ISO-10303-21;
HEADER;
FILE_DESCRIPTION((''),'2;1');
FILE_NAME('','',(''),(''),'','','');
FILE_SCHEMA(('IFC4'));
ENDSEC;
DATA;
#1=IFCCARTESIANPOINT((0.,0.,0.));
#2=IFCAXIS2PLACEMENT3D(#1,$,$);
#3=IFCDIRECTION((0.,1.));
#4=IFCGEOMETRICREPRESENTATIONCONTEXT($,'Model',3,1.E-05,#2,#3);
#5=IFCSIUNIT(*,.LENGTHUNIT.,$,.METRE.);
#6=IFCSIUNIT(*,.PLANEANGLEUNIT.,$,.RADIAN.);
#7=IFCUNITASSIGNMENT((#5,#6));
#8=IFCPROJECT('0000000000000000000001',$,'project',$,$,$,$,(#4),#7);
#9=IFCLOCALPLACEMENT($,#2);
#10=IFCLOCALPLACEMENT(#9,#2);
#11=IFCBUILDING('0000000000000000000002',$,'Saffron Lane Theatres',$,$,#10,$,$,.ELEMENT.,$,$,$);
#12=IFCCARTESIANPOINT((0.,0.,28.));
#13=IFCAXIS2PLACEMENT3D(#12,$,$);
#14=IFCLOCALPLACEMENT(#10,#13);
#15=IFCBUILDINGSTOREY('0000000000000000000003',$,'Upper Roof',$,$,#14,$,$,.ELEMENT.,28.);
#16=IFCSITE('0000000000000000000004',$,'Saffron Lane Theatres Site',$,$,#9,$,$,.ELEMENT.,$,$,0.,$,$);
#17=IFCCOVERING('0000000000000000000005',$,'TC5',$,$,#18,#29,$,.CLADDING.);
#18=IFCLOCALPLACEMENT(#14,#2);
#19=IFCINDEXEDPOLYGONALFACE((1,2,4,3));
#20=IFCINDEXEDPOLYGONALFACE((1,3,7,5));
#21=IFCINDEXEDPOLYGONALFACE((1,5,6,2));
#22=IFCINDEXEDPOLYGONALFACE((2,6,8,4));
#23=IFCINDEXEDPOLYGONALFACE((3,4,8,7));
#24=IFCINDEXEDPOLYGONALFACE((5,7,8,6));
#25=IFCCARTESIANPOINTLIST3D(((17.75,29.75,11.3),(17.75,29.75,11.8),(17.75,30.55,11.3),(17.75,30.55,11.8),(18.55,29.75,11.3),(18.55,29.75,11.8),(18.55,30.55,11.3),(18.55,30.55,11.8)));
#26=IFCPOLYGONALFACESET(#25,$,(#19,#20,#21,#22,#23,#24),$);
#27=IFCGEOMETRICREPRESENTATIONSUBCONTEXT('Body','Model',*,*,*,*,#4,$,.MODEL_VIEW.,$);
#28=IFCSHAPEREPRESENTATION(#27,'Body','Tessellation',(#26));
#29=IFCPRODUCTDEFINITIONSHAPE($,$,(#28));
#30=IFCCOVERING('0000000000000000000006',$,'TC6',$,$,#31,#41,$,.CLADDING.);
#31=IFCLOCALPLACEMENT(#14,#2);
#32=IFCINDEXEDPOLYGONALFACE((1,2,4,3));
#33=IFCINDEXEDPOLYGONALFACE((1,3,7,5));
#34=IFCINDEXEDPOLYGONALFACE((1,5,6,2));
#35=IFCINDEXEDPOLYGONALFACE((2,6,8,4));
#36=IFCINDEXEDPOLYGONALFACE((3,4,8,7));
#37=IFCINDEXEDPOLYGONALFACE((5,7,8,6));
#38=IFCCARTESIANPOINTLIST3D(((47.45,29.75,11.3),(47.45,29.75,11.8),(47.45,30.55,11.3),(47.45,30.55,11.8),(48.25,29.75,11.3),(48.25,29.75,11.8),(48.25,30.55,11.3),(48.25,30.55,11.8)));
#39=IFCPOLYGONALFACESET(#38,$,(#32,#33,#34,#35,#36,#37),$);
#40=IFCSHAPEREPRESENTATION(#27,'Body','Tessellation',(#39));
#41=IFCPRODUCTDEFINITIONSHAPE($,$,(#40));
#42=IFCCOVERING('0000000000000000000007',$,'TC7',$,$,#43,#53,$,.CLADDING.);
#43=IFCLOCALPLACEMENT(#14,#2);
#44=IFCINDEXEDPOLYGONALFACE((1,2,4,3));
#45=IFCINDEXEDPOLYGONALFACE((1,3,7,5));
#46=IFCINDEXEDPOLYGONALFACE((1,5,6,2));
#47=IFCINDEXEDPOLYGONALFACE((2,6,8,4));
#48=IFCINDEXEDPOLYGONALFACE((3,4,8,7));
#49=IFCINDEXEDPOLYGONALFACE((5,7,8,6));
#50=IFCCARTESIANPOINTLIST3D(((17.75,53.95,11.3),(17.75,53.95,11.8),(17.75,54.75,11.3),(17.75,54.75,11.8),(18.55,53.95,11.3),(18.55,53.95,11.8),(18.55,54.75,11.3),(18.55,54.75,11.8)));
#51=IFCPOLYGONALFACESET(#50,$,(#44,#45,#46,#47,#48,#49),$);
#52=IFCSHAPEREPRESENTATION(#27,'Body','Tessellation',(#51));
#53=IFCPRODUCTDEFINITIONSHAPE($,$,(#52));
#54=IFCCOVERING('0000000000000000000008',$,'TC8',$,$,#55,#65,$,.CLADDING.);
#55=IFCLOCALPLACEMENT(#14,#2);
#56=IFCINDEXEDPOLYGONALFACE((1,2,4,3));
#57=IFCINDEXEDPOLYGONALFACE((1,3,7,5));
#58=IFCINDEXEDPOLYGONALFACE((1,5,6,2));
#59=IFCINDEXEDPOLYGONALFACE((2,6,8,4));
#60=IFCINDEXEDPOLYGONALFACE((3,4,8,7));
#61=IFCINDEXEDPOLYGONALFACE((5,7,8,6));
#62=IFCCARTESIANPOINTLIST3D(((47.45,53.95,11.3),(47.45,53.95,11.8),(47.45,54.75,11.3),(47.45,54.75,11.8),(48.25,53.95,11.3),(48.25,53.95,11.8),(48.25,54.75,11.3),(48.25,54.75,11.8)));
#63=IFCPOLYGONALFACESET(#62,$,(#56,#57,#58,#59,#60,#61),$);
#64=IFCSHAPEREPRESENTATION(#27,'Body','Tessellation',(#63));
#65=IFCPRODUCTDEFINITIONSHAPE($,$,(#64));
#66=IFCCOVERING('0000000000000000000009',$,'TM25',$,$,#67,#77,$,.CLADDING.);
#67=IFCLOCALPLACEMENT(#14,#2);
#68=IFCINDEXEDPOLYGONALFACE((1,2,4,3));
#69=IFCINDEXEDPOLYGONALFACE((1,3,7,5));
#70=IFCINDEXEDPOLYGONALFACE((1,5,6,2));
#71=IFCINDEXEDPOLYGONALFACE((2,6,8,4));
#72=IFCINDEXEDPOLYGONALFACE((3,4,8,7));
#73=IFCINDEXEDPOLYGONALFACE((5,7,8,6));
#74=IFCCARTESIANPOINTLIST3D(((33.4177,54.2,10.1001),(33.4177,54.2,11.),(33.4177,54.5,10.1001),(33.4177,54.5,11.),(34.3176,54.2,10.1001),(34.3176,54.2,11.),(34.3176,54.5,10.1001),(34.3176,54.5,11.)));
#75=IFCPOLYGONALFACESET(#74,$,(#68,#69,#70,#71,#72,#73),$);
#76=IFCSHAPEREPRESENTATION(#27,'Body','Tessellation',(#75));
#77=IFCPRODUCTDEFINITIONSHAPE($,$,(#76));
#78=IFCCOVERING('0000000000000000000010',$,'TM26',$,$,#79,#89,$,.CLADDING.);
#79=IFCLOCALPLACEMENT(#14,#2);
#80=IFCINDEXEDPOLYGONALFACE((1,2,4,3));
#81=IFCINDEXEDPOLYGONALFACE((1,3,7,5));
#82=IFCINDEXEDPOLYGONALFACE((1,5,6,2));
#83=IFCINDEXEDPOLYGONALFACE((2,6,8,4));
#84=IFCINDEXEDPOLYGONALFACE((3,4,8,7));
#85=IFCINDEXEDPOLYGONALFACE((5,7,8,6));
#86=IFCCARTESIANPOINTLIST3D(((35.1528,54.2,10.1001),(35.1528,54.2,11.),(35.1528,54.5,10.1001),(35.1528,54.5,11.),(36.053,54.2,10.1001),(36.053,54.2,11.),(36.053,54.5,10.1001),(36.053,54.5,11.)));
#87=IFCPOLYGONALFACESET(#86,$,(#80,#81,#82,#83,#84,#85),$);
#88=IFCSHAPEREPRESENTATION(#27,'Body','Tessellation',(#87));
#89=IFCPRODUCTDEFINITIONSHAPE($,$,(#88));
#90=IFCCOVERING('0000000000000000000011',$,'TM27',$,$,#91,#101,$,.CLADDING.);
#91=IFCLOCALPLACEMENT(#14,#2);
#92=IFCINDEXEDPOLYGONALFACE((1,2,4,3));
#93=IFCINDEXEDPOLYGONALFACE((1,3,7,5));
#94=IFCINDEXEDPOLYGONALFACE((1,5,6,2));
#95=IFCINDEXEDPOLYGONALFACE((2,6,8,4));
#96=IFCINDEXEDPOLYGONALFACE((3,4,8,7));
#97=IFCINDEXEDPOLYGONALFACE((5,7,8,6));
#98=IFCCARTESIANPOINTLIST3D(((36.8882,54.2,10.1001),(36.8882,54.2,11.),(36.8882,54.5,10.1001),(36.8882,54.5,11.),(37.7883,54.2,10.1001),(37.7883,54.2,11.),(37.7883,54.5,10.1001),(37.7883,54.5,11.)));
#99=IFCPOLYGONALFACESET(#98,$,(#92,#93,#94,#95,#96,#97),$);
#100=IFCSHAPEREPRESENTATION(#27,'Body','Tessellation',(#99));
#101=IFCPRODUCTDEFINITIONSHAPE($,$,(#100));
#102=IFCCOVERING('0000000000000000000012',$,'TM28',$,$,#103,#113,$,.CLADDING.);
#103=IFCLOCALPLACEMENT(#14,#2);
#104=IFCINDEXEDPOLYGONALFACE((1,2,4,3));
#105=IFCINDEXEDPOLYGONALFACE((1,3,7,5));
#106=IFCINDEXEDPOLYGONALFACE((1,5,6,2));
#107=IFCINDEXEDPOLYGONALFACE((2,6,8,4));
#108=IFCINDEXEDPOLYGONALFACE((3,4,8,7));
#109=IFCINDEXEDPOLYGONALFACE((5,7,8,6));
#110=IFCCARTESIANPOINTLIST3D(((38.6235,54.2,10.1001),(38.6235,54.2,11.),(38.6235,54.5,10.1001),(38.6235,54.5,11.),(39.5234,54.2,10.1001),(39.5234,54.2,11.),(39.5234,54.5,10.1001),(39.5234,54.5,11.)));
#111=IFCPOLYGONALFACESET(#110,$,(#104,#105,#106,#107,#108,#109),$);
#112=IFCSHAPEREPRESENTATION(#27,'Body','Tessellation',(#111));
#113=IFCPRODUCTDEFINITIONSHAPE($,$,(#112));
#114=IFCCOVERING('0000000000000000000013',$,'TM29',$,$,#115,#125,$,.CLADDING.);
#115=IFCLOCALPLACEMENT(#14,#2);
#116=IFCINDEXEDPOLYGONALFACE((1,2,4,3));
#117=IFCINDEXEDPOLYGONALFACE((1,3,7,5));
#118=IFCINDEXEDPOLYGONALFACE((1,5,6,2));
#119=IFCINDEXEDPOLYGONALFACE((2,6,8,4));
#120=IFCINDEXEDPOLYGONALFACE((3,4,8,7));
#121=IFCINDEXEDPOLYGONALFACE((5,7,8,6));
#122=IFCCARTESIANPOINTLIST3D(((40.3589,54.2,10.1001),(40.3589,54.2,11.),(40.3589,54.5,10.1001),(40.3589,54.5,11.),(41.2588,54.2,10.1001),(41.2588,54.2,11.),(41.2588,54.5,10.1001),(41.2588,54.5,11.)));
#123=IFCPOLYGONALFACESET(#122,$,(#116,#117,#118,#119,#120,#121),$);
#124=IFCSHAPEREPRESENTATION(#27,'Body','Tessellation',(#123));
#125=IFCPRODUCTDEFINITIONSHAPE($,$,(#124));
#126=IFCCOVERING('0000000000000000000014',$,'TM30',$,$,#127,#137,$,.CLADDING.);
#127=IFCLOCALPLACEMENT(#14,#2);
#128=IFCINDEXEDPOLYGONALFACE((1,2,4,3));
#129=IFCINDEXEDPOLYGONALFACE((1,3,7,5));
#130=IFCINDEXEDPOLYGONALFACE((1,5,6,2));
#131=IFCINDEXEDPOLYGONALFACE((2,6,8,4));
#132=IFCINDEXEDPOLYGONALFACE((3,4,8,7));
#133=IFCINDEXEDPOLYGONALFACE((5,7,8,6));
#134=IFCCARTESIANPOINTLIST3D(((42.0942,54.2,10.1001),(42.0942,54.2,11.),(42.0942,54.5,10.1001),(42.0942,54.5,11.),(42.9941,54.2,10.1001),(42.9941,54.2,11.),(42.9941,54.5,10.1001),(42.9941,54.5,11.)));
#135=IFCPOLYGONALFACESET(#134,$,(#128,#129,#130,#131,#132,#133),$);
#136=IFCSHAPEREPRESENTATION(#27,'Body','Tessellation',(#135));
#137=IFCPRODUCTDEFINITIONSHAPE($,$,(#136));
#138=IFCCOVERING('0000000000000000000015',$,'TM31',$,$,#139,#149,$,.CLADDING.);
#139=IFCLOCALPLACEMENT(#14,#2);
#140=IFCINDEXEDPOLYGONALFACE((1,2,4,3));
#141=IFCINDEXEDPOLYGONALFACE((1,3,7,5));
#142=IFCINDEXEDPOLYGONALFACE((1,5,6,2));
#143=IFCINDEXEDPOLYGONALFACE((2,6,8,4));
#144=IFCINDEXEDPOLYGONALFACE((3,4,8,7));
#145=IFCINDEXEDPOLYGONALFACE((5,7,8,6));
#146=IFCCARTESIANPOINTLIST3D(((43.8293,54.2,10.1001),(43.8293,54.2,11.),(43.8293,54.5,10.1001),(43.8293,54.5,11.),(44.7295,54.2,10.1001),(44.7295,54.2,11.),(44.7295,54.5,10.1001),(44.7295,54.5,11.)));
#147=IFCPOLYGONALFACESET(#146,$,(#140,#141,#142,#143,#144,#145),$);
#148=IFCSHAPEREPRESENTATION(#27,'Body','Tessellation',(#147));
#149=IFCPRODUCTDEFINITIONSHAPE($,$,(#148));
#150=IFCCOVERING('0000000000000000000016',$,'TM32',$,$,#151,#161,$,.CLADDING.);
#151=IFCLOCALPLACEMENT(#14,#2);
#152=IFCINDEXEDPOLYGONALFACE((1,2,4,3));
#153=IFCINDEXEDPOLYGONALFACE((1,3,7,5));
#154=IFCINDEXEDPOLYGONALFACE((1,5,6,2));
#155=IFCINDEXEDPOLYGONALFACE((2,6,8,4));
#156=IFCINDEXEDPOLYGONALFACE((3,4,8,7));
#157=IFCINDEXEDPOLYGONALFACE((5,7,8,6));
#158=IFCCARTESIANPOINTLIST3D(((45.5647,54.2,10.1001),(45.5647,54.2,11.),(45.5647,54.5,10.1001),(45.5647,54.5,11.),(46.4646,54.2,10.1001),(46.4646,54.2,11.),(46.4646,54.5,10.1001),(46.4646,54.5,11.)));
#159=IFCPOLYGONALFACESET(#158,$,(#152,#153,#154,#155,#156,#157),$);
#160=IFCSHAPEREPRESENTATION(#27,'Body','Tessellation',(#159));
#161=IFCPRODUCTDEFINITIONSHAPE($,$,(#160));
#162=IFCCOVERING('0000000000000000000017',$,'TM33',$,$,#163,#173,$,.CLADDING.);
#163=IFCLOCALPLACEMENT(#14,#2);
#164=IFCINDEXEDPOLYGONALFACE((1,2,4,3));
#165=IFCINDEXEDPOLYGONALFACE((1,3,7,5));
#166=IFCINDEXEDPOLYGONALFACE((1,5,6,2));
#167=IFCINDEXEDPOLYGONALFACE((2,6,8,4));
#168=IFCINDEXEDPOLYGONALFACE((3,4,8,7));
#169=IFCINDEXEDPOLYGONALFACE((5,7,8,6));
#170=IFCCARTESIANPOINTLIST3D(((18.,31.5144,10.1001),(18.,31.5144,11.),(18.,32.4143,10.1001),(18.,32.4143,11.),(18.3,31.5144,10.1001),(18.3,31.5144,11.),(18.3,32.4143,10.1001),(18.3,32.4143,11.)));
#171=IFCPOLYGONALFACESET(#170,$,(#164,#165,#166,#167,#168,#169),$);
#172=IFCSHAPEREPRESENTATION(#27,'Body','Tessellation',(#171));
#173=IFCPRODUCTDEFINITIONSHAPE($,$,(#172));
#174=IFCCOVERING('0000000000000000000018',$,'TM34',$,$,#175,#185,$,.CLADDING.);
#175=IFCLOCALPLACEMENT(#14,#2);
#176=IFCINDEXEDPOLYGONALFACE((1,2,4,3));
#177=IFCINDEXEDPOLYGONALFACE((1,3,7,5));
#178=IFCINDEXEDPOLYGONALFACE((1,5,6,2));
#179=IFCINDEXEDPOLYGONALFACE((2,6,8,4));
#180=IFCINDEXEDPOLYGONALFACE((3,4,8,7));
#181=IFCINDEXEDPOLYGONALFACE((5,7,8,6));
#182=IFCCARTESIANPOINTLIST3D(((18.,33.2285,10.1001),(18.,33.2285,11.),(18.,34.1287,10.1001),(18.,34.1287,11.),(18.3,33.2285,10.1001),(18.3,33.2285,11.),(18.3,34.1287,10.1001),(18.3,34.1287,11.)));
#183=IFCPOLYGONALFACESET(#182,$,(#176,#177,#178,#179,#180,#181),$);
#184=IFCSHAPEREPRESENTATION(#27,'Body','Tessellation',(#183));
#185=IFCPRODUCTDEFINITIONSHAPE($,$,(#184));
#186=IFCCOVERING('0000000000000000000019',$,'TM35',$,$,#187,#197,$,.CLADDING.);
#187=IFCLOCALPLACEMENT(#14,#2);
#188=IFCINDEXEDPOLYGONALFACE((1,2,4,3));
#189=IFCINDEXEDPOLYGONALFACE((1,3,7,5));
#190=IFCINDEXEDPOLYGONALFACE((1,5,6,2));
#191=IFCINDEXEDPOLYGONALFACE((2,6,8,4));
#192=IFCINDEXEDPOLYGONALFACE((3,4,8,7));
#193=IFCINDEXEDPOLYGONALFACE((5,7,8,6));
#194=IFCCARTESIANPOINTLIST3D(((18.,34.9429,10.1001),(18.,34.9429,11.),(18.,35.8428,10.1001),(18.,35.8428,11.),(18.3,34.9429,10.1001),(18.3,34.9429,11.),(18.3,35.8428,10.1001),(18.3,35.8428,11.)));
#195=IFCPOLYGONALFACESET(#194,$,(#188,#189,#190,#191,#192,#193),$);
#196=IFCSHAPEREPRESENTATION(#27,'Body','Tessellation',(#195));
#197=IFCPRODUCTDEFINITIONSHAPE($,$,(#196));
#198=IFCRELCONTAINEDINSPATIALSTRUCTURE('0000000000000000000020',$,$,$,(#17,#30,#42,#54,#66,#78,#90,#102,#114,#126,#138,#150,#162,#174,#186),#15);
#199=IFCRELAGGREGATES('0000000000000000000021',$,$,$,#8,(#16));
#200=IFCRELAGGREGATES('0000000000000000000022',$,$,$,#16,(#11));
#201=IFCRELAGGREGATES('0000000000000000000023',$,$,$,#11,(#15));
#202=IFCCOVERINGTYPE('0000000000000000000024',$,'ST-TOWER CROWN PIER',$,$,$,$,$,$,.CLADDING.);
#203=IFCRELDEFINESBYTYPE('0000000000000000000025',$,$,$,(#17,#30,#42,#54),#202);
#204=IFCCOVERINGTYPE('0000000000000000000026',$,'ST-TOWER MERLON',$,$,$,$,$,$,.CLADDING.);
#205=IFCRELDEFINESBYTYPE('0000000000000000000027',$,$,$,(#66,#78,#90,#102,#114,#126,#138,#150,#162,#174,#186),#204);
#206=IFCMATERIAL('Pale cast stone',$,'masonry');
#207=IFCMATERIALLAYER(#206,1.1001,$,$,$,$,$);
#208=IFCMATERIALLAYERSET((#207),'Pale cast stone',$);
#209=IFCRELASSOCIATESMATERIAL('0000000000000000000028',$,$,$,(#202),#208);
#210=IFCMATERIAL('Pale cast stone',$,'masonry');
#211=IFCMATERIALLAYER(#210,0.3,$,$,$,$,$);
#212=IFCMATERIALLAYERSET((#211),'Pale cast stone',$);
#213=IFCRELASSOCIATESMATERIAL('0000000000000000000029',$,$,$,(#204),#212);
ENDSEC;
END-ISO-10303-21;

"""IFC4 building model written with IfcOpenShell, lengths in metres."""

from ifc_helpers import new_model, si_unit, direction, frame, origin, place, context, subcontext, project, spatial, polyline, outline, extrude, material, layer, layer_set, type_object, element, save


model = new_model("IFC4")

# Units and contexts
model_context = context("Model", 3, precision=1e-05, world=origin(), true_north=direction((0.0, 1.0)))
body_context = subcontext(model_context, "Body", "Model", "MODEL_VIEW")
ifc_project = project(units=[si_unit("LENGTHUNIT", "METRE"), si_unit("PLANEANGLEUNIT", "RADIAN")], contexts=[model_context])

# Site, building, storey
site_placement = place(None, origin())
site = spatial("IfcSite", under=ifc_project, at=site_placement, Name="Saffron Lane Theatres Site", CompositionType="ELEMENT", RefElevation=0.0)
building_placement = place(site_placement, origin())
building = spatial("IfcBuilding", under=site, at=building_placement, Name="Saffron Lane Theatres", CompositionType="ELEMENT")
storey_placement = place(building_placement, frame((0.0, 0.0, 28.0)))
storey = spatial("IfcBuildingStorey", under=building, at=storey_placement, Name="Upper Roof", CompositionType="ELEMENT", Elevation=28.0)

# Coverings
ifc_material_1 = material(Name="Pale cast stone", Category="masonry")
ifc_layer_1 = layer(ifc_material_1, 1.1001)
ifc_layer_set_1 = layer_set([ifc_layer_1], Name="Pale cast stone")
covering_type_1 = type_object("IfcCoveringType", Name="ST-TOWER CROWN PIER", PredefinedType="CLADDING", material=ifc_layer_set_1)
covering_1_placement = place(storey_placement, frame((0.0, 0.0, 11.3)))
element("IfcCovering", 1, at=covering_1_placement, inside=storey, type_object=covering_type_1, Name="TC5", PredefinedType="CLADDING", context=body_context, shape_type="SweptSolid", body=[
    extrude(outline(polyline([(17.75, 29.75), (18.55, 29.75), (18.55, 30.55), (17.75, 30.55), (17.75, 29.75)])), origin(), (0.0, 0.0, 1.0), 0.5),
])
covering_2_placement = place(storey_placement, frame((0.0, 0.0, 11.3)))
element("IfcCovering", 2, at=covering_2_placement, inside=storey, type_object=covering_type_1, Name="TC6", PredefinedType="CLADDING", context=body_context, shape_type="SweptSolid", body=[
    extrude(outline(polyline([(47.45, 29.75), (48.25, 29.75), (48.25, 30.55), (47.45, 30.55), (47.45, 29.75)])), origin(), (0.0, 0.0, 1.0), 0.5),
])
covering_3_placement = place(storey_placement, frame((0.0, 0.0, 11.3)))
element("IfcCovering", 3, at=covering_3_placement, inside=storey, type_object=covering_type_1, Name="TC7", PredefinedType="CLADDING", context=body_context, shape_type="SweptSolid", body=[
    extrude(outline(polyline([(17.75, 53.95), (18.55, 53.95), (18.55, 54.75), (17.75, 54.75), (17.75, 53.95)])), origin(), (0.0, 0.0, 1.0), 0.5),
])
covering_4_placement = place(storey_placement, frame((0.0, 0.0, 11.3)))
element("IfcCovering", 4, at=covering_4_placement, inside=storey, type_object=covering_type_1, Name="TC8", PredefinedType="CLADDING", context=body_context, shape_type="SweptSolid", body=[
    extrude(outline(polyline([(47.45, 53.95), (48.25, 53.95), (48.25, 54.75), (47.45, 54.75), (47.45, 53.95)])), origin(), (0.0, 0.0, 1.0), 0.5),
])
ifc_material_2 = material(Name="Pale cast stone", Category="masonry")
ifc_layer_2 = layer(ifc_material_2, 0.3)
ifc_layer_set_2 = layer_set([ifc_layer_2], Name="Pale cast stone")
covering_type_2 = type_object("IfcCoveringType", Name="ST-TOWER MERLON", PredefinedType="CLADDING", material=ifc_layer_set_2)
covering_5_placement = place(storey_placement, frame((0.0, 0.0, 10.1001)))
element("IfcCovering", 5, at=covering_5_placement, inside=storey, type_object=covering_type_2, Name="TM25", PredefinedType="CLADDING", context=body_context, shape_type="SweptSolid", body=[
    extrude(outline(polyline([(33.4177, 54.2), (34.3176, 54.2), (34.3176, 54.5), (33.4177, 54.5), (33.4177, 54.2)])), origin(), (0.0, 0.0, 1.0), 0.8999),
])
covering_6_placement = place(storey_placement, frame((0.0, 0.0, 10.1001)))
element("IfcCovering", 6, at=covering_6_placement, inside=storey, type_object=covering_type_2, Name="TM26", PredefinedType="CLADDING", context=body_context, shape_type="SweptSolid", body=[
    extrude(outline(polyline([(35.1528, 54.2), (36.053, 54.2), (36.053, 54.5), (35.1528, 54.5), (35.1528, 54.2)])), origin(), (0.0, 0.0, 1.0), 0.8999),
])
covering_7_placement = place(storey_placement, frame((0.0, 0.0, 10.1001)))
element("IfcCovering", 7, at=covering_7_placement, inside=storey, type_object=covering_type_2, Name="TM27", PredefinedType="CLADDING", context=body_context, shape_type="SweptSolid", body=[
    extrude(outline(polyline([(36.8882, 54.2), (37.7883, 54.2), (37.7883, 54.5), (36.8882, 54.5), (36.8882, 54.2)])), origin(), (0.0, 0.0, 1.0), 0.8999),
])
covering_8_placement = place(storey_placement, frame((0.0, 0.0, 10.1001)))
element("IfcCovering", 8, at=covering_8_placement, inside=storey, type_object=covering_type_2, Name="TM28", PredefinedType="CLADDING", context=body_context, shape_type="SweptSolid", body=[
    extrude(outline(polyline([(38.6235, 54.2), (39.5234, 54.2), (39.5234, 54.5), (38.6235, 54.5), (38.6235, 54.2)])), origin(), (0.0, 0.0, 1.0), 0.8999),
])
covering_9_placement = place(storey_placement, frame((0.0, 0.0, 10.1001)))
element("IfcCovering", 9, at=covering_9_placement, inside=storey, type_object=covering_type_2, Name="TM29", PredefinedType="CLADDING", context=body_context, shape_type="SweptSolid", body=[
    extrude(outline(polyline([(40.3589, 54.2), (41.2588, 54.2), (41.2588, 54.5), (40.3589, 54.5), (40.3589, 54.2)])), origin(), (0.0, 0.0, 1.0), 0.8999),
])
covering_10_placement = place(storey_placement, frame((0.0, 0.0, 10.1001)))
element("IfcCovering", 10, at=covering_10_placement, inside=storey, type_object=covering_type_2, Name="TM30", PredefinedType="CLADDING", context=body_context, shape_type="SweptSolid", body=[
    extrude(outline(polyline([(42.0942, 54.2), (42.9941, 54.2), (42.9941, 54.5), (42.0942, 54.5), (42.0942, 54.2)])), origin(), (0.0, 0.0, 1.0), 0.8999),
])
covering_11_placement = place(storey_placement, frame((0.0, 0.0, 10.1001)))
element("IfcCovering", 11, at=covering_11_placement, inside=storey, type_object=covering_type_2, Name="TM31", PredefinedType="CLADDING", context=body_context, shape_type="SweptSolid", body=[
    extrude(outline(polyline([(43.8293, 54.2), (44.7295, 54.2), (44.7295, 54.5), (43.8293, 54.5), (43.8293, 54.2)])), origin(), (0.0, 0.0, 1.0), 0.8999),
])
covering_12_placement = place(storey_placement, frame((0.0, 0.0, 10.1001)))
element("IfcCovering", 12, at=covering_12_placement, inside=storey, type_object=covering_type_2, Name="TM32", PredefinedType="CLADDING", context=body_context, shape_type="SweptSolid", body=[
    extrude(outline(polyline([(45.5647, 54.2), (46.4646, 54.2), (46.4646, 54.5), (45.5647, 54.5), (45.5647, 54.2)])), origin(), (0.0, 0.0, 1.0), 0.8999),
])
covering_13_placement = place(storey_placement, frame((0.0, 0.0, 10.1001)))
element("IfcCovering", 13, at=covering_13_placement, inside=storey, type_object=covering_type_2, Name="TM33", PredefinedType="CLADDING", context=body_context, shape_type="SweptSolid", body=[
    extrude(outline(polyline([(18.0, 31.5144), (18.3, 31.5144), (18.3, 32.4143), (18.0, 32.4143), (18.0, 31.5144)])), origin(), (0.0, 0.0, 1.0), 0.8999),
])
covering_14_placement = place(storey_placement, frame((0.0, 0.0, 10.1001)))
element("IfcCovering", 14, at=covering_14_placement, inside=storey, type_object=covering_type_2, Name="TM34", PredefinedType="CLADDING", context=body_context, shape_type="SweptSolid", body=[
    extrude(outline(polyline([(18.0, 33.2285), (18.3, 33.2285), (18.3, 34.1287), (18.0, 34.1287), (18.0, 33.2285)])), origin(), (0.0, 0.0, 1.0), 0.8999),
])
covering_15_placement = place(storey_placement, frame((0.0, 0.0, 10.1001)))
element("IfcCovering", 15, at=covering_15_placement, inside=storey, type_object=covering_type_2, Name="TM35", PredefinedType="CLADDING", context=body_context, shape_type="SweptSolid", body=[
    extrude(outline(polyline([(18.0, 34.9429), (18.3, 34.9429), (18.3, 35.8428), (18.0, 35.8428), (18.0, 34.9429)])), origin(), (0.0, 0.0, 1.0), 0.8999),
])

save(model, "model.ifc")
